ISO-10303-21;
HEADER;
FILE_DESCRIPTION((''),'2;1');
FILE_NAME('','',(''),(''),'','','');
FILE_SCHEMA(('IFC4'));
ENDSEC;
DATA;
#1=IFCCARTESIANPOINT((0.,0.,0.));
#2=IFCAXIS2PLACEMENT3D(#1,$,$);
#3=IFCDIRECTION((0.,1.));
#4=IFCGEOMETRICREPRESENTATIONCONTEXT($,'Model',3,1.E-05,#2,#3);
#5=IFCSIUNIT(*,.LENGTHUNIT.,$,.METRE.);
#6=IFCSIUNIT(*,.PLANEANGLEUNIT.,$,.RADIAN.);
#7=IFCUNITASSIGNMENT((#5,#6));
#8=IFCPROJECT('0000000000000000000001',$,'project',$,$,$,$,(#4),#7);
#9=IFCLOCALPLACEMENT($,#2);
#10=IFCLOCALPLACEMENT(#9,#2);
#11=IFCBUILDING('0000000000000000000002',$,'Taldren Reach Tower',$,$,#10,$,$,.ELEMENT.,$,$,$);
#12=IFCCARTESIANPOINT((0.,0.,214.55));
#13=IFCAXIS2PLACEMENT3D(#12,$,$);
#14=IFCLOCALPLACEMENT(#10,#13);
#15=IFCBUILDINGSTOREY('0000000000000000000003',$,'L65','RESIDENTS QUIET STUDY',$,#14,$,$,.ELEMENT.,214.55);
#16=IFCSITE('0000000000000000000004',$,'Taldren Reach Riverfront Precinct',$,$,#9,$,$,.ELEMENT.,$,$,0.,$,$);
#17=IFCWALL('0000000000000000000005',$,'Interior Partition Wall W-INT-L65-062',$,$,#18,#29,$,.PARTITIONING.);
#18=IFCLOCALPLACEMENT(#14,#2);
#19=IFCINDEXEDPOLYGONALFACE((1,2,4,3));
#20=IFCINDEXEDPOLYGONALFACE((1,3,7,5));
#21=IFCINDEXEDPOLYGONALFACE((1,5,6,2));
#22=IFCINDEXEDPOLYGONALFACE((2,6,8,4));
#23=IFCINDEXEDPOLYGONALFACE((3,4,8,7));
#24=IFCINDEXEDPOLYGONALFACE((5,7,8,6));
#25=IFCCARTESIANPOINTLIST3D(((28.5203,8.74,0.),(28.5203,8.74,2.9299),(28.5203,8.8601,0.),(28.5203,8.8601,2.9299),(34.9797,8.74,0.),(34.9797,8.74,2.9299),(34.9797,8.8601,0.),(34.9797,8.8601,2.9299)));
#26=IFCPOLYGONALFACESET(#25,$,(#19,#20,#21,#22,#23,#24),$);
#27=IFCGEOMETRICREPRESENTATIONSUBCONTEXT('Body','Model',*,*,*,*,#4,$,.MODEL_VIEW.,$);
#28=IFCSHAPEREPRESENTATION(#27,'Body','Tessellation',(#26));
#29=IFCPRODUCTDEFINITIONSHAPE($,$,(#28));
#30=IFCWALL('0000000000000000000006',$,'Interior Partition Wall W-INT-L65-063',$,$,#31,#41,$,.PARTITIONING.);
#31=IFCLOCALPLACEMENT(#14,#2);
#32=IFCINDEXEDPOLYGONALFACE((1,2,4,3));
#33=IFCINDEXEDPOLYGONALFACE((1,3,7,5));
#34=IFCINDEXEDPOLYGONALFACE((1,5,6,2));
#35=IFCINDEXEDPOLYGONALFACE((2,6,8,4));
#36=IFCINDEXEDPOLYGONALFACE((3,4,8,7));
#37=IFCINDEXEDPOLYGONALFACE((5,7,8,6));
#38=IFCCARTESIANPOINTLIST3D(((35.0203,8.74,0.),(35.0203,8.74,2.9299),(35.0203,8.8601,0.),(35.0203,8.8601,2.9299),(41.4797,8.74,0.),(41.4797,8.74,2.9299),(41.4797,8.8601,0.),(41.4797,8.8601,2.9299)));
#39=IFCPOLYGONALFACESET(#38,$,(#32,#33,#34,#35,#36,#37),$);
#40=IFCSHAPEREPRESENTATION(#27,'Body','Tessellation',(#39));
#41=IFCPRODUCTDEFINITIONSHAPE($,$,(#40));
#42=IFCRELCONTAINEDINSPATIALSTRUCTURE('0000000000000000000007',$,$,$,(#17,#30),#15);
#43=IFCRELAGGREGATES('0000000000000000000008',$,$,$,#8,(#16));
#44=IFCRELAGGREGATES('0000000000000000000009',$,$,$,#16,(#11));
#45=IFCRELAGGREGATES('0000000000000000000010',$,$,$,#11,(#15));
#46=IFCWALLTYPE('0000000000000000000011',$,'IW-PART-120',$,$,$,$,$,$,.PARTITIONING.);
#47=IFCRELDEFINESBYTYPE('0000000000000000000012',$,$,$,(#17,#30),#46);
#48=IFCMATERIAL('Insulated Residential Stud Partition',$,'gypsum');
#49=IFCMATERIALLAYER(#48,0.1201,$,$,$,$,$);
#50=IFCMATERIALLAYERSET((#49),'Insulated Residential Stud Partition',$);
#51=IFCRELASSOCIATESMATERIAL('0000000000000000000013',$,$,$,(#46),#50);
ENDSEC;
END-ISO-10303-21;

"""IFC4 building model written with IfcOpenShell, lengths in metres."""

from ifc_helpers import new_model, si_unit, direction, frame, frame_2d, origin, place, context, subcontext, project, spatial, rectangle, extrude, source, transform, mapped, material, layer, layer_set, type_object, element, save


model = new_model("IFC4")

# Units and contexts
model_context = context("Model", 3, precision=1e-05, world=origin(), true_north=direction((0.0, 1.0)))
body_context = subcontext(model_context, "Body", "Model", "MODEL_VIEW")
ifc_project = project(units=[si_unit("LENGTHUNIT", "METRE"), si_unit("PLANEANGLEUNIT", "RADIAN")], contexts=[model_context])

# Site, building, storey
site_placement = place(None, origin())
site = spatial("IfcSite", under=ifc_project, at=site_placement, Name="Taldren Reach Riverfront Precinct", CompositionType="ELEMENT", RefElevation=0.0)
building_placement = place(site_placement, origin())
building = spatial("IfcBuilding", under=site, at=building_placement, Name="Taldren Reach Tower", CompositionType="ELEMENT")
storey_placement = place(building_placement, frame((0.0, 0.0, 214.55)))
storey = spatial("IfcBuildingStorey", under=building, at=storey_placement, Name="L65", Description="RESIDENTS QUIET STUDY", CompositionType="ELEMENT", Elevation=214.55)

# Shared definitions
ifc_material_1 = material(Name="Insulated Residential Stud Partition", Category="gypsum")
ifc_layer_1 = layer(ifc_material_1, 0.1201)
ifc_layer_set_1 = layer_set([ifc_layer_1], Name="Insulated Residential Stud Partition")
wall_type_1 = type_object("IfcWallType", Name="IW-PART-120", PredefinedType="PARTITIONING", material=ifc_layer_set_1)

# Walls
shared_shape_1 = source(origin(), body_context, "Body", "SweptSolid", [
    extrude(rectangle(XDim=6.4595, YDim=0.1201, at=frame_2d((3.2297, 0.0))), origin(), (0.0, 0.0, 1.0), 2.9299),
])
for number, where, z_axis, x_axis, name in (
    (1, (28.5203, 8.8, 0.0), (0.0, 0.0, 1.0), (1.0, 0.0, 0.0), "Interior Partition Wall W-INT-L65-062"),
    (2, (35.0203, 8.8, 0.0), (0.0, 0.0, 1.0), (1.0, 0.0, 0.0), "Interior Partition Wall W-INT-L65-063"),
):
    element("IfcWall", number, at=place(storey_placement, frame(where, z_axis=z_axis, x_axis=x_axis)), inside=storey, type_object=wall_type_1, Name=name, PredefinedType="PARTITIONING", context=body_context, shape_type="MappedRepresentation", body=[
        mapped(shared_shape_1, transform((0.0, 0.0, 0.0), scale=1.0)),
    ])

save(model, "model.ifc")
